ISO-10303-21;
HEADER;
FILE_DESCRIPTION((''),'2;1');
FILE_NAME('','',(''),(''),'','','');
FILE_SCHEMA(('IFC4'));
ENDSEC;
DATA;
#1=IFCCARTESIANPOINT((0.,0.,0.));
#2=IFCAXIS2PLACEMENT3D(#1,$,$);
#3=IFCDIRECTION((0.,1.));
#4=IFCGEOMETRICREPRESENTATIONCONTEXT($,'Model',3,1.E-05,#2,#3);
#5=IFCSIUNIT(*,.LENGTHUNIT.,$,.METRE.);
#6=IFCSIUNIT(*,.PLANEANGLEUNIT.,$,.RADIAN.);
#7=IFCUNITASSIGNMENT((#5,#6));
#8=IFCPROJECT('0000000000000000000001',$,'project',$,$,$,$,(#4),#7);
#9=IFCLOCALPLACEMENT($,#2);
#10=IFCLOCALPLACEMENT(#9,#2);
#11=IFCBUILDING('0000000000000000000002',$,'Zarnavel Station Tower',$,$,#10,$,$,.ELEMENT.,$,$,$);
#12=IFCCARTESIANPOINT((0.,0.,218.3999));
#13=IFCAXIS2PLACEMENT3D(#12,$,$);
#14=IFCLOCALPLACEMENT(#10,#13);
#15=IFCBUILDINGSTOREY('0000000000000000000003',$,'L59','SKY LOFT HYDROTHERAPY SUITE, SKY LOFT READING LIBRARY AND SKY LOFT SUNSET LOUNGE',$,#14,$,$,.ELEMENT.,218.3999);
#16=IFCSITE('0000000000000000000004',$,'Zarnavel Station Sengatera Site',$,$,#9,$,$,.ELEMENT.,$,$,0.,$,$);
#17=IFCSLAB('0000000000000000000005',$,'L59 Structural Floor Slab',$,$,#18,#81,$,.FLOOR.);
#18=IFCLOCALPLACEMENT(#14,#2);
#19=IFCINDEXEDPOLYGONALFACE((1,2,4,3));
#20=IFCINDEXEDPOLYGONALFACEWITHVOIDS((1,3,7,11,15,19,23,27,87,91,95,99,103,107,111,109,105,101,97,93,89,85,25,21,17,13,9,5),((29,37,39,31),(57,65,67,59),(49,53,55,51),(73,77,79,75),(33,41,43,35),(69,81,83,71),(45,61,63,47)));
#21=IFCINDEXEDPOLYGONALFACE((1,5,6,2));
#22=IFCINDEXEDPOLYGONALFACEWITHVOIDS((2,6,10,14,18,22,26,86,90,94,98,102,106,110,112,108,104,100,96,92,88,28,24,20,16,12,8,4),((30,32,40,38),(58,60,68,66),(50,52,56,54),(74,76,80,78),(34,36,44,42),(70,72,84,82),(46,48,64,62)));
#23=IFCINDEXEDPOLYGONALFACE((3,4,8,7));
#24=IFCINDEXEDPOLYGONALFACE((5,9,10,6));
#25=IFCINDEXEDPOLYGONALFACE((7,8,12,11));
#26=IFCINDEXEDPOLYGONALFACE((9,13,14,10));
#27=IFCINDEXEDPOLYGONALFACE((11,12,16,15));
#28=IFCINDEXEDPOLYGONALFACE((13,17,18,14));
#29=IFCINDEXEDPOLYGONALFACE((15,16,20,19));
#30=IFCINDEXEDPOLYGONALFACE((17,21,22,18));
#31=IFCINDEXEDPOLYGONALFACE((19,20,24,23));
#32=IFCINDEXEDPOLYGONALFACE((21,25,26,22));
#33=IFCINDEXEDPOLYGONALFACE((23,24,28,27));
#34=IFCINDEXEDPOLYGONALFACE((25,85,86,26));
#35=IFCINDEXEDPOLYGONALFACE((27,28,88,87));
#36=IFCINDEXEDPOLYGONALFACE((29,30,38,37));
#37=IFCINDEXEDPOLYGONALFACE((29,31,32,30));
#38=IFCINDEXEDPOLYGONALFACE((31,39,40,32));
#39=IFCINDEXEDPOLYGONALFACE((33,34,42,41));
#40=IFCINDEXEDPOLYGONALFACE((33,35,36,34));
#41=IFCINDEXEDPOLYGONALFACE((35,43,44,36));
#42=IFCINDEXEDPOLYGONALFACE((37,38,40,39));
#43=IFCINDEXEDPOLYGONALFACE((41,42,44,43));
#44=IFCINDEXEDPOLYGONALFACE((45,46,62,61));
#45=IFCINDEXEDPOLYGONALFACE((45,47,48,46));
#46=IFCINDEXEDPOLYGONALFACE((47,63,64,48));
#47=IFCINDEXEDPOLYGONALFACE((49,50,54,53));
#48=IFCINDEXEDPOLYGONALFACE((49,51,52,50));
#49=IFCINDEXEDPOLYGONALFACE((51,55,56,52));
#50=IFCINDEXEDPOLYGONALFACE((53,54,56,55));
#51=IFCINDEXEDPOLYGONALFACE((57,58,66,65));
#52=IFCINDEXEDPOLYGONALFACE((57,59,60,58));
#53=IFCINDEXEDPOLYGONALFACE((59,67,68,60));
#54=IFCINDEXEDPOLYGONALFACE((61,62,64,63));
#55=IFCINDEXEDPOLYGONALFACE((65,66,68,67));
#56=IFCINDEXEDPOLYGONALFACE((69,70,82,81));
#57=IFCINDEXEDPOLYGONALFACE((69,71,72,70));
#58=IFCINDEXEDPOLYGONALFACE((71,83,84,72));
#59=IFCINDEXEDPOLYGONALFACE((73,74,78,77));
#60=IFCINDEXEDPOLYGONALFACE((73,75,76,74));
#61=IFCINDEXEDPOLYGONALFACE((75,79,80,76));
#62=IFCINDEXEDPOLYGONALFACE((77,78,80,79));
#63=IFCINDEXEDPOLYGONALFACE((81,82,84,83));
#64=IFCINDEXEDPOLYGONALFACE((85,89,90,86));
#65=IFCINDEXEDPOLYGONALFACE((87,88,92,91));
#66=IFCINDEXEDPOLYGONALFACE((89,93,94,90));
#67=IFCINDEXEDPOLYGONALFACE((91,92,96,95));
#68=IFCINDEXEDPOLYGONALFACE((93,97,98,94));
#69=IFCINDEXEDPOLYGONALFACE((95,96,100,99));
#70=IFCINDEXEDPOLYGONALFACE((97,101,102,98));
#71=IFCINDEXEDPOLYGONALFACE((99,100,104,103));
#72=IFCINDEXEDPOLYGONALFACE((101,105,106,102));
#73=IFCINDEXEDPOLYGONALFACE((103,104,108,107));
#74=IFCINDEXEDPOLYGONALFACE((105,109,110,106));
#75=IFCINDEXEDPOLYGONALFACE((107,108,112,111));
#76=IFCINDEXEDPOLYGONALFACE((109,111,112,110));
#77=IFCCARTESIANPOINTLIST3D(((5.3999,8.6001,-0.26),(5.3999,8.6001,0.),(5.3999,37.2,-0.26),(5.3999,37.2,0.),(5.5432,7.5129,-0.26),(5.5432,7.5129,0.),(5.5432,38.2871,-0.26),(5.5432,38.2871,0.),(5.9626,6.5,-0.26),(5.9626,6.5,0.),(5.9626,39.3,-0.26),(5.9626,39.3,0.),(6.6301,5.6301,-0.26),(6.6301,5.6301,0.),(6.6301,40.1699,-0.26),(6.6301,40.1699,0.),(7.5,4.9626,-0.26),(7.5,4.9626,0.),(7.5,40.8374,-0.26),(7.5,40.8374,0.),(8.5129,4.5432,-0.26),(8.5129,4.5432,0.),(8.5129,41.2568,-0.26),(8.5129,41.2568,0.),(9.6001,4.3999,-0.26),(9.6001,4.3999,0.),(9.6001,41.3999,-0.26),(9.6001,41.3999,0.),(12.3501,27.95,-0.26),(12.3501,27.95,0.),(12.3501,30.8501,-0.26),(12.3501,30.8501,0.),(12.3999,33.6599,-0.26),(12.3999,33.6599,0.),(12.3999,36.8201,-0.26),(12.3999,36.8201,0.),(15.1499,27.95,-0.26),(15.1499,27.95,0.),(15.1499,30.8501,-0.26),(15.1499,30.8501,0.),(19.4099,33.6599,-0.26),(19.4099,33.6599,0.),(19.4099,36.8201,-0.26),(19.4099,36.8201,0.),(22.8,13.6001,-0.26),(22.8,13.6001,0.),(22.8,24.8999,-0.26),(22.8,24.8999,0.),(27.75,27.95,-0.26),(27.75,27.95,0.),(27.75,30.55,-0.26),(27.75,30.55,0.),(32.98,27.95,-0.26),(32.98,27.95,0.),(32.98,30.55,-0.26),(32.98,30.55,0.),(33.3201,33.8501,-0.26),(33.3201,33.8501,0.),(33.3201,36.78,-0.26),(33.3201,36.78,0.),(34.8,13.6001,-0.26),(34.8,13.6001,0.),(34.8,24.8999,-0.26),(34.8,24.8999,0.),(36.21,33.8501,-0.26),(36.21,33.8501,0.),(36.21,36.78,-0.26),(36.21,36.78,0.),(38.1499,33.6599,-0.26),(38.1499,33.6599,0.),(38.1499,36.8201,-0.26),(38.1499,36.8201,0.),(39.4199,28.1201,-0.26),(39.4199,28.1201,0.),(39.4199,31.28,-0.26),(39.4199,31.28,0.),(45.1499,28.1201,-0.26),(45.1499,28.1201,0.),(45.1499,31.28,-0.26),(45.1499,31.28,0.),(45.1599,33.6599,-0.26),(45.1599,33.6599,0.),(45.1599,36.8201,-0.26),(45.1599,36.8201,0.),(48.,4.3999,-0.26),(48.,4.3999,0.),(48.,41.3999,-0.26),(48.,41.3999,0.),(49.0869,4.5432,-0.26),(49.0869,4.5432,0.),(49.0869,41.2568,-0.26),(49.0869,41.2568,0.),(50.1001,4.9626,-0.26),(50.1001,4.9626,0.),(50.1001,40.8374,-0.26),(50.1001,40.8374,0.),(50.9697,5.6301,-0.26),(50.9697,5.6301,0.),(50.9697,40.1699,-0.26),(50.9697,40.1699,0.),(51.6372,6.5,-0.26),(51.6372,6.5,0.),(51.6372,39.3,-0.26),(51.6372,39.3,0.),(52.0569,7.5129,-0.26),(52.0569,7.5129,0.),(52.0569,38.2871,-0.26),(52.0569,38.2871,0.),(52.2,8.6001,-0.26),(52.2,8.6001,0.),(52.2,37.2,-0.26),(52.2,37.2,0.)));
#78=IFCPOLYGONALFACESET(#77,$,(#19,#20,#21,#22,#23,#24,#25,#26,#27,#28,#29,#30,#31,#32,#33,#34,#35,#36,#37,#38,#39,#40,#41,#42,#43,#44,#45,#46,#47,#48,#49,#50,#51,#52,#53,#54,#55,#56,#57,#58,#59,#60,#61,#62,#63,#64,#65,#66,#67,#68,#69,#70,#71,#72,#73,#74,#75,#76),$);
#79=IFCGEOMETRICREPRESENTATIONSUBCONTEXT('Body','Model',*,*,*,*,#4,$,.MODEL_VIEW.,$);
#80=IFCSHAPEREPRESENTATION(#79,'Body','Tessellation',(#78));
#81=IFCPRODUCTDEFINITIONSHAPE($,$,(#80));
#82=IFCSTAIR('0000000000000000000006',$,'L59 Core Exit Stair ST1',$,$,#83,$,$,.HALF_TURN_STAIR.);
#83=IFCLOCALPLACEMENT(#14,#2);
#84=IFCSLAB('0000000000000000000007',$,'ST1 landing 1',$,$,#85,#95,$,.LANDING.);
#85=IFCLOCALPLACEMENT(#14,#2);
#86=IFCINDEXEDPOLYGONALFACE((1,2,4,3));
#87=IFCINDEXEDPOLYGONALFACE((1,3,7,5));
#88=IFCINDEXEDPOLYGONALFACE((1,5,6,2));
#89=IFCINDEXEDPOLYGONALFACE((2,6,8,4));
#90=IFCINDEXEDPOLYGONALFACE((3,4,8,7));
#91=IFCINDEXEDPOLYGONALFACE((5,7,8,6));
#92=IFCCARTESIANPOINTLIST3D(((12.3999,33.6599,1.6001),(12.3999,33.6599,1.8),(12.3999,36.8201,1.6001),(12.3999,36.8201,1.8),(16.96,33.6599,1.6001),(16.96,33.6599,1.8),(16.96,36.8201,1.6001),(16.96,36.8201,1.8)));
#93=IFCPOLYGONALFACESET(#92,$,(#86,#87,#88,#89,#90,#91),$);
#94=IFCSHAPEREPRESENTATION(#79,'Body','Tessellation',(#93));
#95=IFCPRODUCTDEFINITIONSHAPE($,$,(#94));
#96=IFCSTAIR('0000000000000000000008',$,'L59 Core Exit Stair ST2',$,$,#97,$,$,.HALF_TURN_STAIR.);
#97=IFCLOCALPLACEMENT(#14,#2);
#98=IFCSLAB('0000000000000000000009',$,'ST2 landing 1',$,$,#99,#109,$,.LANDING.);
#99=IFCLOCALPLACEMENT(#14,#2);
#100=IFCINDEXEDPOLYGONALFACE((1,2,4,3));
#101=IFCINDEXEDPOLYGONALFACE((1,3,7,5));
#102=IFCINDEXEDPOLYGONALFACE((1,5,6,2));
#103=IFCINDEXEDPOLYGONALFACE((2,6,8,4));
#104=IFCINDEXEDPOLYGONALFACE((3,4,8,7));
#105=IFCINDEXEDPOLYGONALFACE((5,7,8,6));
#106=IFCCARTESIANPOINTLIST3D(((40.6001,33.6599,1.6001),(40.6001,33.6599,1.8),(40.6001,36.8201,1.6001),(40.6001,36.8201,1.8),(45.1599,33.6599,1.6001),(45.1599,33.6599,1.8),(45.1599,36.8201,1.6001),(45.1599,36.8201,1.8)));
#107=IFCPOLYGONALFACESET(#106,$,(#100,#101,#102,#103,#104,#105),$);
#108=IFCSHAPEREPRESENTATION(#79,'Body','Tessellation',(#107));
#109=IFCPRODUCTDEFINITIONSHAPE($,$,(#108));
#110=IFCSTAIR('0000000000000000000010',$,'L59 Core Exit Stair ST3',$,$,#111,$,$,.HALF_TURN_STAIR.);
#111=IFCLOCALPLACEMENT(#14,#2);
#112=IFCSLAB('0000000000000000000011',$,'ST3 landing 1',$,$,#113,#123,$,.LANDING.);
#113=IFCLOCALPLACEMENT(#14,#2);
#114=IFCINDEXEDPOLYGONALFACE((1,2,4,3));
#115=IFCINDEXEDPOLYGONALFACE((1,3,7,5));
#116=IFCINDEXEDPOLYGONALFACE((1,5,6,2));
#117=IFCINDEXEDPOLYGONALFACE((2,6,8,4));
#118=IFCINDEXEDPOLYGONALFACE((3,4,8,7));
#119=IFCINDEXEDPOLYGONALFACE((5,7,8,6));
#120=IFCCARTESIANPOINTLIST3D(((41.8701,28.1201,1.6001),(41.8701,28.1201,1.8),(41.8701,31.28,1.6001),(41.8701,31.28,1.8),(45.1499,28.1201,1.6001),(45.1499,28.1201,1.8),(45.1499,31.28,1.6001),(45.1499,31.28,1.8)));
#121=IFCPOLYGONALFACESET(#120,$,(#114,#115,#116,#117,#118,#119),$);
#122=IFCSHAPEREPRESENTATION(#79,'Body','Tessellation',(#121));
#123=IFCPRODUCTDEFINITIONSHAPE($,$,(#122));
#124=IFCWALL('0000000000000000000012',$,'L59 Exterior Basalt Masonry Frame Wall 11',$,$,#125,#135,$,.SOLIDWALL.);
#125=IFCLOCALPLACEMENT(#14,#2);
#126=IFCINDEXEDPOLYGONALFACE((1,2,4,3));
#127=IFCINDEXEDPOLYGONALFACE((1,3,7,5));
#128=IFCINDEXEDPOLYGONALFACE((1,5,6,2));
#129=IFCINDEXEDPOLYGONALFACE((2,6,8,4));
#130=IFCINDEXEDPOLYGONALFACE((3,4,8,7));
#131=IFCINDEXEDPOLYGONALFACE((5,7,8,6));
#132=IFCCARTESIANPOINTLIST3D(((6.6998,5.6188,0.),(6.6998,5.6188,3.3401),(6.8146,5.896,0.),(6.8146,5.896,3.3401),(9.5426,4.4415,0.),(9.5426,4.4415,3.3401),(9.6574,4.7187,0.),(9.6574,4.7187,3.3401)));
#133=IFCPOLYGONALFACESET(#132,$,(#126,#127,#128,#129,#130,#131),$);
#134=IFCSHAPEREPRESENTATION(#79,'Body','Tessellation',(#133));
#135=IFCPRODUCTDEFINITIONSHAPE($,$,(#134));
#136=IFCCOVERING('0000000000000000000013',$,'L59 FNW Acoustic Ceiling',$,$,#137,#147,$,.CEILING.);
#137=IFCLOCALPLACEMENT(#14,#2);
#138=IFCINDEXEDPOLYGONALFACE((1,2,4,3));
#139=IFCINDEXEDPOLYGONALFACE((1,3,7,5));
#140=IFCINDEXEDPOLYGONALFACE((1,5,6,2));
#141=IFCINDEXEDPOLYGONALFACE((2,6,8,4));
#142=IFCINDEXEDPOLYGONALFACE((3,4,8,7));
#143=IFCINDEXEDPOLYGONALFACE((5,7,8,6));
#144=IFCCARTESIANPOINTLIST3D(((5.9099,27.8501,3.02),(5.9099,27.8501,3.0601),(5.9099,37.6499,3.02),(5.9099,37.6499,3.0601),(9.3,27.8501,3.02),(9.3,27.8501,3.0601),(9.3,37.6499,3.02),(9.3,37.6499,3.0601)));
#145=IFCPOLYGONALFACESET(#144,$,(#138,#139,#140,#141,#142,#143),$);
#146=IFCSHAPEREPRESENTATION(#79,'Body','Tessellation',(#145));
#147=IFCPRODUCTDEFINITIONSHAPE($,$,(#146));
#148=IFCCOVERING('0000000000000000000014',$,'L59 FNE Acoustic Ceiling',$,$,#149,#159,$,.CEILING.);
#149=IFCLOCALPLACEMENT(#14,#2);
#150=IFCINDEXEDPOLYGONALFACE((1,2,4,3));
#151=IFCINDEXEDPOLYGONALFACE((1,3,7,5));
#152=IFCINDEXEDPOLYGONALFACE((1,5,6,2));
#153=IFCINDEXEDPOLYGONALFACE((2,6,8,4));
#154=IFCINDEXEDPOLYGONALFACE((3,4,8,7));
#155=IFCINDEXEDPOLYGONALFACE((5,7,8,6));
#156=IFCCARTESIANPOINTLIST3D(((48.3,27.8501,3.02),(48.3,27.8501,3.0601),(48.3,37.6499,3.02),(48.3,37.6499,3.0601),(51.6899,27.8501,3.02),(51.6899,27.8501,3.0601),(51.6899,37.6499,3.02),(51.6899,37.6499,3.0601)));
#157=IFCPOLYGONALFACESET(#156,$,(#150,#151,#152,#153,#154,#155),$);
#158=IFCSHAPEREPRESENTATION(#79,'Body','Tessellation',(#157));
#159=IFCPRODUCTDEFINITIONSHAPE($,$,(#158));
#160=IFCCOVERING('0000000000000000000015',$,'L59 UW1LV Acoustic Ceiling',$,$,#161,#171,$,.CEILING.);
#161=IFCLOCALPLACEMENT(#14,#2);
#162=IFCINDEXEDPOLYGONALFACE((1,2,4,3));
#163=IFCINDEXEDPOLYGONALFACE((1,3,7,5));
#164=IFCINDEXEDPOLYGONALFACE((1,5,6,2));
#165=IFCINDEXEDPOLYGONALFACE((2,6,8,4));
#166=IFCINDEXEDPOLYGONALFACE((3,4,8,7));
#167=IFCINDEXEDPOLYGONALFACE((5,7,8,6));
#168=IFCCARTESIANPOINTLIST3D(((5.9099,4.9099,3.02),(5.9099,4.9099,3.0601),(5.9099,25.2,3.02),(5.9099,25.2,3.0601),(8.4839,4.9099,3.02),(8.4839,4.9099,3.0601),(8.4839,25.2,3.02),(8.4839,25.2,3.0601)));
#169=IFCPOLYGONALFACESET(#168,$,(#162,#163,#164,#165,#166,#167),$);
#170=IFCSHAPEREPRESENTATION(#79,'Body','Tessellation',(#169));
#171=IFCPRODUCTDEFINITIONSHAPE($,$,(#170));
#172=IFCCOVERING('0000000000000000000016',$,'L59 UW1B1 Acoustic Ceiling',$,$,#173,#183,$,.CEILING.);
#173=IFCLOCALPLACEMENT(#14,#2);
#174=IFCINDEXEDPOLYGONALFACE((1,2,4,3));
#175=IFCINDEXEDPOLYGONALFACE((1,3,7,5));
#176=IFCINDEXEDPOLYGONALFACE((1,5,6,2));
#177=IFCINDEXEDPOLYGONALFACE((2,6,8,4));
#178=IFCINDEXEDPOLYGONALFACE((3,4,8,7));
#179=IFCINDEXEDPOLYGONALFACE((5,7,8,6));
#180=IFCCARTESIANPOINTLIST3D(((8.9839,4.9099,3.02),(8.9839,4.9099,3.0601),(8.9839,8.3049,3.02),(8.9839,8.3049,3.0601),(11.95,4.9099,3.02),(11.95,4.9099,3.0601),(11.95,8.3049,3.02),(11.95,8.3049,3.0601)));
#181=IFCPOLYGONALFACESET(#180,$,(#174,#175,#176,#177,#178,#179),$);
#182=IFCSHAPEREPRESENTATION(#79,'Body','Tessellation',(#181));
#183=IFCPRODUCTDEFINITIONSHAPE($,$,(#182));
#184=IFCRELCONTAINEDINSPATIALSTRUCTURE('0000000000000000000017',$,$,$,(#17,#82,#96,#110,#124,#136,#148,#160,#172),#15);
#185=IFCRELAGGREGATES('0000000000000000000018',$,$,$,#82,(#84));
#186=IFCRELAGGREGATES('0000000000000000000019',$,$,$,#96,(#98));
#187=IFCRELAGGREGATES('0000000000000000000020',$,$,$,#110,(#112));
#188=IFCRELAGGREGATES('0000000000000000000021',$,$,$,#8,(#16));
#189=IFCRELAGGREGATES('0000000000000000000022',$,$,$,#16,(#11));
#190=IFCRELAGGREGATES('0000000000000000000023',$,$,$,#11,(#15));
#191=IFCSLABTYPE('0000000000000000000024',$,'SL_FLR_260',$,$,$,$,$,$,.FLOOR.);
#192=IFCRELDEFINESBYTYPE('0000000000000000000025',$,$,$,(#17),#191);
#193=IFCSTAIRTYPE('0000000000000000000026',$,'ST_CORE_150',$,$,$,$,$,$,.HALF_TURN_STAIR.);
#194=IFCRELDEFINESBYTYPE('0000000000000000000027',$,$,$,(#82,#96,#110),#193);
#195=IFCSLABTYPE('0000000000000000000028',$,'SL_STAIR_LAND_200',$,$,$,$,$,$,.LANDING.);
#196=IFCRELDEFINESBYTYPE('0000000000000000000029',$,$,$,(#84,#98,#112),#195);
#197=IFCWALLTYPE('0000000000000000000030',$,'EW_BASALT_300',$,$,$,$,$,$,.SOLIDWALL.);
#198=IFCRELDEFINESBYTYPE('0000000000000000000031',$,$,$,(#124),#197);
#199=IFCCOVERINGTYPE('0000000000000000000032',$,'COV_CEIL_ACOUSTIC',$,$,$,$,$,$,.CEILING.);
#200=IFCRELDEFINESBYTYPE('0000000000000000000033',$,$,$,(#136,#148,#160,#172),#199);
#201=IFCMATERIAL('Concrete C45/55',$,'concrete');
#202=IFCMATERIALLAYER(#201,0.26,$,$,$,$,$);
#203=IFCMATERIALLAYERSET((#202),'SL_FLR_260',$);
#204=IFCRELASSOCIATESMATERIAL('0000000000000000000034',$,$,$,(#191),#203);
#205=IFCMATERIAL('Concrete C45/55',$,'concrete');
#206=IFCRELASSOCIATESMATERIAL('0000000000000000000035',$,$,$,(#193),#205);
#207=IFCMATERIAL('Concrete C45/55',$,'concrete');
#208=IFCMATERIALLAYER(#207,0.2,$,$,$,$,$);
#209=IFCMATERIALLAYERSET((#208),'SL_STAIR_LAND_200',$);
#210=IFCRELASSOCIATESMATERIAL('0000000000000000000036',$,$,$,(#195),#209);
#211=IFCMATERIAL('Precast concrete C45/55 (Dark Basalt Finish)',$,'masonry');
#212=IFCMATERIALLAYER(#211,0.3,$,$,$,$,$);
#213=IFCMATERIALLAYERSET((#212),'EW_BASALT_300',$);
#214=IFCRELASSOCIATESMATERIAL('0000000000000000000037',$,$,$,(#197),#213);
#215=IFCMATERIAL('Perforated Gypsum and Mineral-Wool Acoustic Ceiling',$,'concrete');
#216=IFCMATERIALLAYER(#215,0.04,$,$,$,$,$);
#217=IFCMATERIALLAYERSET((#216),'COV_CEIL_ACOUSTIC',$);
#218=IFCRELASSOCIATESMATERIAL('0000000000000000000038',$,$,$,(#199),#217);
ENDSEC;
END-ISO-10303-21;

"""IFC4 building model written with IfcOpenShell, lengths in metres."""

from ifc_helpers import new_model, si_unit, direction, frame, frame_2d, origin, place, context, subcontext, project, spatial, polyline, rectangle, outline, extrude, material, layer, layer_set, type_object, element, aggregate, save


model = new_model("IFC4")

# Units and contexts
model_context = context("Model", 3, precision=1e-05, world=origin(), true_north=direction((0.0, 1.0)))
body_context = subcontext(model_context, "Body", "Model", "MODEL_VIEW")
ifc_project = project(units=[si_unit("LENGTHUNIT", "METRE"), si_unit("PLANEANGLEUNIT", "RADIAN")], contexts=[model_context])

# Site, building, storey
site_placement = place(None, origin())
site = spatial("IfcSite", under=ifc_project, at=site_placement, Name="Zarnavel Station Sengatera Site", CompositionType="ELEMENT", RefElevation=0.0)
building_placement = place(site_placement, origin())
building = spatial("IfcBuilding", under=site, at=building_placement, Name="Zarnavel Station Tower", CompositionType="ELEMENT")
storey_placement = place(building_placement, frame((0.0, 0.0, 218.3999)))
storey = spatial("IfcBuildingStorey", under=building, at=storey_placement, Name="L59", Description="SKY LOFT HYDROTHERAPY SUITE, SKY LOFT READING LIBRARY AND SKY LOFT SUNSET LOUNGE", CompositionType="ELEMENT", Elevation=218.3999)

# Slab
ifc_material_1 = material(Name="Concrete C45/55", Category="concrete")
ifc_layer_1 = layer(ifc_material_1, 0.26)
ifc_layer_set_1 = layer_set([ifc_layer_1], Name="SL_FLR_260")
slab_type_1 = type_object("IfcSlabType", Name="SL_FLR_260", PredefinedType="FLOOR", material=ifc_layer_set_1)
slab_1_placement = place(storey_placement, frame((0.0, 0.0, -0.26)))
element("IfcSlab", 1, at=slab_1_placement, inside=storey, type_object=slab_type_1, Name="L59 Structural Floor Slab", PredefinedType="FLOOR", context=body_context, shape_type="SweptSolid", body=[
    extrude(outline(polyline([(48.0, 4.3999), (49.0869, 4.5432), (50.1001, 4.9626), (50.9697, 5.6301), (51.6372, 6.5), (52.0569, 7.5129), (52.2, 8.6001), (52.2, 37.2), (52.0569, 38.2871), (51.6372, 39.3), (50.9697, 40.1699), (50.1001, 40.8374), (49.0869, 41.2568), (48.0, 41.3999), (9.6001, 41.3999), (8.5129, 41.2568), (7.5, 40.8374), (6.6301, 40.1699), (5.9626, 39.3), (5.5432, 38.2871), (5.3999, 37.2), (5.3999, 8.6001), (5.5432, 7.5129), (5.9626, 6.5), (6.6301, 5.6301), (7.5, 4.9626), (8.5129, 4.5432), (9.6001, 4.3999), (48.0, 4.3999)]), holes=[polyline([(12.3999, 33.6599), (19.4099, 33.6599), (19.4099, 36.8201), (12.3999, 36.8201), (12.3999, 33.6599)]), polyline([(38.1499, 33.6599), (45.1599, 33.6599), (45.1599, 36.8201), (38.1499, 36.8201), (38.1499, 33.6599)]), polyline([(39.4199, 28.1201), (45.1499, 28.1201), (45.1499, 31.28), (39.4199, 31.28), (39.4199, 28.1201)]), polyline([(12.3501, 27.95), (15.1499, 27.95), (15.1499, 30.8501), (12.3501, 30.8501), (12.3501, 27.95)]), polyline([(33.3201, 33.8501), (36.21, 33.8501), (36.21, 36.78), (33.3201, 36.78), (33.3201, 33.8501)]), polyline([(27.75, 27.95), (32.98, 27.95), (32.98, 30.55), (27.75, 30.55), (27.75, 27.95)]), polyline([(22.8, 13.6001), (34.8, 13.6001), (34.8, 24.8999), (22.8, 24.8999), (22.8, 13.6001)])]), origin(), (0.0, 0.0, 1.0), 0.26),
])

# Stairs, slabs
ifc_material_2 = material(Name="Concrete C45/55", Category="concrete")
stair_type = type_object("IfcStairType", Name="ST_CORE_150", PredefinedType="HALF_TURN_STAIR", material=ifc_material_2)
stair_1_placement = place(storey_placement, origin())
stair_1 = element("IfcStair", 2, at=stair_1_placement, inside=storey, type_object=stair_type, Name="L59 Core Exit Stair ST1", PredefinedType="HALF_TURN_STAIR")
ifc_material_3 = material(Name="Concrete C45/55", Category="concrete")
ifc_layer_2 = layer(ifc_material_3, 0.2)
ifc_layer_set_2 = layer_set([ifc_layer_2], Name="SL_STAIR_LAND_200")
slab_type_2 = type_object("IfcSlabType", Name="SL_STAIR_LAND_200", PredefinedType="LANDING", material=ifc_layer_set_2)
slab_2_placement = place(storey_placement, frame((0.0, 0.0, 1.6001)))
slab_2 = element("IfcSlab", 3, at=slab_2_placement, type_object=slab_type_2, Name="ST1 landing 1", PredefinedType="LANDING", context=body_context, shape_type="SweptSolid", body=[
    extrude(outline(polyline([(16.96, 36.8201), (12.3999, 36.8201), (12.3999, 33.6599), (16.96, 33.6599), (16.96, 36.8201)])), origin(), (0.0, 0.0, 1.0), 0.2),
])
aggregate(stair_1, [slab_2])
stair_2_placement = place(storey_placement, origin())
stair_2 = element("IfcStair", 4, at=stair_2_placement, inside=storey, type_object=stair_type, Name="L59 Core Exit Stair ST2", PredefinedType="HALF_TURN_STAIR")
slab_3_placement = place(storey_placement, frame((0.0, 0.0, 1.6001)))
slab_3 = element("IfcSlab", 5, at=slab_3_placement, type_object=slab_type_2, Name="ST2 landing 1", PredefinedType="LANDING", context=body_context, shape_type="SweptSolid", body=[
    extrude(outline(polyline([(40.6001, 33.6599), (45.1599, 33.6599), (45.1599, 36.8201), (40.6001, 36.8201), (40.6001, 33.6599)])), origin(), (0.0, 0.0, 1.0), 0.2),
])
aggregate(stair_2, [slab_3])
stair_3_placement = place(storey_placement, origin())
stair_3 = element("IfcStair", 6, at=stair_3_placement, inside=storey, type_object=stair_type, Name="L59 Core Exit Stair ST3", PredefinedType="HALF_TURN_STAIR")
slab_4_placement = place(storey_placement, frame((0.0, 0.0, 1.6001)))
slab_4 = element("IfcSlab", 7, at=slab_4_placement, type_object=slab_type_2, Name="ST3 landing 1", PredefinedType="LANDING", context=body_context, shape_type="SweptSolid", body=[
    extrude(outline(polyline([(41.8701, 28.1201), (45.1499, 28.1201), (45.1499, 31.28), (41.8701, 31.28), (41.8701, 28.1201)])), origin(), (0.0, 0.0, 1.0), 0.2),
])
aggregate(stair_3, [slab_4])

# Wall
ifc_material_4 = material(Name="Precast concrete C45/55 (Dark Basalt Finish)", Category="masonry")
ifc_layer_3 = layer(ifc_material_4, 0.3)
ifc_layer_set_3 = layer_set([ifc_layer_3], Name="EW_BASALT_300")
wall_type = type_object("IfcWallType", Name="EW_BASALT_300", PredefinedType="SOLIDWALL", material=ifc_layer_set_3)
wall_placement = place(storey_placement, frame((9.6001, 4.5801, 0.0), z_axis=(0.0, 0.0, 1.0), x_axis=(-0.92391, 0.382609, 0.0)))
element("IfcWall", 8, at=wall_placement, inside=storey, type_object=wall_type, Name="L59 Exterior Basalt Masonry Frame Wall 11", PredefinedType="SOLIDWALL", context=body_context, shape_type="SweptSolid", body=[
    extrude(rectangle(XDim=3.0769, YDim=0.3, at=frame_2d((1.5386, 0.0))), origin(), (0.0, 0.0, 1.0), 3.3401),
])

# Coverings
ifc_material_5 = material(Name="Perforated Gypsum and Mineral-Wool Acoustic Ceiling", Category="concrete")
ifc_layer_4 = layer(ifc_material_5, 0.04)
ifc_layer_set_4 = layer_set([ifc_layer_4], Name="COV_CEIL_ACOUSTIC")
covering_type_1 = type_object("IfcCoveringType", Name="COV_CEIL_ACOUSTIC", PredefinedType="CEILING", material=ifc_layer_set_4)
covering_1_placement = place(storey_placement, frame((0.0, 0.0, 3.02)))
element("IfcCovering", 9, at=covering_1_placement, inside=storey, type_object=covering_type_1, Name="L59 FNW Acoustic Ceiling", PredefinedType="CEILING", context=body_context, shape_type="SweptSolid", body=[
    extrude(outline(polyline([(5.9099, 27.8501), (9.3, 27.8501), (9.3, 37.6499), (5.9099, 37.6499), (5.9099, 27.8501)])), origin(), (0.0, 0.0, 1.0), 0.04),
])
covering_2_placement = place(storey_placement, frame((0.0, 0.0, 3.02)))
element("IfcCovering", 10, at=covering_2_placement, inside=storey, type_object=covering_type_1, Name="L59 FNE Acoustic Ceiling", PredefinedType="CEILING", context=body_context, shape_type="SweptSolid", body=[
    extrude(outline(polyline([(48.3, 27.8501), (51.6899, 27.8501), (51.6899, 37.6499), (48.3, 37.6499), (48.3, 27.8501)])), origin(), (0.0, 0.0, 1.0), 0.04),
])
covering_3_placement = place(storey_placement, frame((0.0, 0.0, 3.02)))
element("IfcCovering", 11, at=covering_3_placement, inside=storey, type_object=covering_type_1, Name="L59 UW1LV Acoustic Ceiling", PredefinedType="CEILING", context=body_context, shape_type="SweptSolid", body=[
    extrude(outline(polyline([(5.9099, 4.9099), (8.4839, 4.9099), (8.4839, 25.2), (5.9099, 25.2), (5.9099, 4.9099)])), origin(), (0.0, 0.0, 1.0), 0.04),
])
covering_4_placement = place(storey_placement, frame((0.0, 0.0, 3.02)))
element("IfcCovering", 12, at=covering_4_placement, inside=storey, type_object=covering_type_1, Name="L59 UW1B1 Acoustic Ceiling", PredefinedType="CEILING", context=body_context, shape_type="SweptSolid", body=[
    extrude(outline(polyline([(8.9839, 4.9099), (11.95, 4.9099), (11.95, 8.3049), (8.9839, 8.3049), (8.9839, 4.9099)])), origin(), (0.0, 0.0, 1.0), 0.04),
])

save(model, "model.ifc")
